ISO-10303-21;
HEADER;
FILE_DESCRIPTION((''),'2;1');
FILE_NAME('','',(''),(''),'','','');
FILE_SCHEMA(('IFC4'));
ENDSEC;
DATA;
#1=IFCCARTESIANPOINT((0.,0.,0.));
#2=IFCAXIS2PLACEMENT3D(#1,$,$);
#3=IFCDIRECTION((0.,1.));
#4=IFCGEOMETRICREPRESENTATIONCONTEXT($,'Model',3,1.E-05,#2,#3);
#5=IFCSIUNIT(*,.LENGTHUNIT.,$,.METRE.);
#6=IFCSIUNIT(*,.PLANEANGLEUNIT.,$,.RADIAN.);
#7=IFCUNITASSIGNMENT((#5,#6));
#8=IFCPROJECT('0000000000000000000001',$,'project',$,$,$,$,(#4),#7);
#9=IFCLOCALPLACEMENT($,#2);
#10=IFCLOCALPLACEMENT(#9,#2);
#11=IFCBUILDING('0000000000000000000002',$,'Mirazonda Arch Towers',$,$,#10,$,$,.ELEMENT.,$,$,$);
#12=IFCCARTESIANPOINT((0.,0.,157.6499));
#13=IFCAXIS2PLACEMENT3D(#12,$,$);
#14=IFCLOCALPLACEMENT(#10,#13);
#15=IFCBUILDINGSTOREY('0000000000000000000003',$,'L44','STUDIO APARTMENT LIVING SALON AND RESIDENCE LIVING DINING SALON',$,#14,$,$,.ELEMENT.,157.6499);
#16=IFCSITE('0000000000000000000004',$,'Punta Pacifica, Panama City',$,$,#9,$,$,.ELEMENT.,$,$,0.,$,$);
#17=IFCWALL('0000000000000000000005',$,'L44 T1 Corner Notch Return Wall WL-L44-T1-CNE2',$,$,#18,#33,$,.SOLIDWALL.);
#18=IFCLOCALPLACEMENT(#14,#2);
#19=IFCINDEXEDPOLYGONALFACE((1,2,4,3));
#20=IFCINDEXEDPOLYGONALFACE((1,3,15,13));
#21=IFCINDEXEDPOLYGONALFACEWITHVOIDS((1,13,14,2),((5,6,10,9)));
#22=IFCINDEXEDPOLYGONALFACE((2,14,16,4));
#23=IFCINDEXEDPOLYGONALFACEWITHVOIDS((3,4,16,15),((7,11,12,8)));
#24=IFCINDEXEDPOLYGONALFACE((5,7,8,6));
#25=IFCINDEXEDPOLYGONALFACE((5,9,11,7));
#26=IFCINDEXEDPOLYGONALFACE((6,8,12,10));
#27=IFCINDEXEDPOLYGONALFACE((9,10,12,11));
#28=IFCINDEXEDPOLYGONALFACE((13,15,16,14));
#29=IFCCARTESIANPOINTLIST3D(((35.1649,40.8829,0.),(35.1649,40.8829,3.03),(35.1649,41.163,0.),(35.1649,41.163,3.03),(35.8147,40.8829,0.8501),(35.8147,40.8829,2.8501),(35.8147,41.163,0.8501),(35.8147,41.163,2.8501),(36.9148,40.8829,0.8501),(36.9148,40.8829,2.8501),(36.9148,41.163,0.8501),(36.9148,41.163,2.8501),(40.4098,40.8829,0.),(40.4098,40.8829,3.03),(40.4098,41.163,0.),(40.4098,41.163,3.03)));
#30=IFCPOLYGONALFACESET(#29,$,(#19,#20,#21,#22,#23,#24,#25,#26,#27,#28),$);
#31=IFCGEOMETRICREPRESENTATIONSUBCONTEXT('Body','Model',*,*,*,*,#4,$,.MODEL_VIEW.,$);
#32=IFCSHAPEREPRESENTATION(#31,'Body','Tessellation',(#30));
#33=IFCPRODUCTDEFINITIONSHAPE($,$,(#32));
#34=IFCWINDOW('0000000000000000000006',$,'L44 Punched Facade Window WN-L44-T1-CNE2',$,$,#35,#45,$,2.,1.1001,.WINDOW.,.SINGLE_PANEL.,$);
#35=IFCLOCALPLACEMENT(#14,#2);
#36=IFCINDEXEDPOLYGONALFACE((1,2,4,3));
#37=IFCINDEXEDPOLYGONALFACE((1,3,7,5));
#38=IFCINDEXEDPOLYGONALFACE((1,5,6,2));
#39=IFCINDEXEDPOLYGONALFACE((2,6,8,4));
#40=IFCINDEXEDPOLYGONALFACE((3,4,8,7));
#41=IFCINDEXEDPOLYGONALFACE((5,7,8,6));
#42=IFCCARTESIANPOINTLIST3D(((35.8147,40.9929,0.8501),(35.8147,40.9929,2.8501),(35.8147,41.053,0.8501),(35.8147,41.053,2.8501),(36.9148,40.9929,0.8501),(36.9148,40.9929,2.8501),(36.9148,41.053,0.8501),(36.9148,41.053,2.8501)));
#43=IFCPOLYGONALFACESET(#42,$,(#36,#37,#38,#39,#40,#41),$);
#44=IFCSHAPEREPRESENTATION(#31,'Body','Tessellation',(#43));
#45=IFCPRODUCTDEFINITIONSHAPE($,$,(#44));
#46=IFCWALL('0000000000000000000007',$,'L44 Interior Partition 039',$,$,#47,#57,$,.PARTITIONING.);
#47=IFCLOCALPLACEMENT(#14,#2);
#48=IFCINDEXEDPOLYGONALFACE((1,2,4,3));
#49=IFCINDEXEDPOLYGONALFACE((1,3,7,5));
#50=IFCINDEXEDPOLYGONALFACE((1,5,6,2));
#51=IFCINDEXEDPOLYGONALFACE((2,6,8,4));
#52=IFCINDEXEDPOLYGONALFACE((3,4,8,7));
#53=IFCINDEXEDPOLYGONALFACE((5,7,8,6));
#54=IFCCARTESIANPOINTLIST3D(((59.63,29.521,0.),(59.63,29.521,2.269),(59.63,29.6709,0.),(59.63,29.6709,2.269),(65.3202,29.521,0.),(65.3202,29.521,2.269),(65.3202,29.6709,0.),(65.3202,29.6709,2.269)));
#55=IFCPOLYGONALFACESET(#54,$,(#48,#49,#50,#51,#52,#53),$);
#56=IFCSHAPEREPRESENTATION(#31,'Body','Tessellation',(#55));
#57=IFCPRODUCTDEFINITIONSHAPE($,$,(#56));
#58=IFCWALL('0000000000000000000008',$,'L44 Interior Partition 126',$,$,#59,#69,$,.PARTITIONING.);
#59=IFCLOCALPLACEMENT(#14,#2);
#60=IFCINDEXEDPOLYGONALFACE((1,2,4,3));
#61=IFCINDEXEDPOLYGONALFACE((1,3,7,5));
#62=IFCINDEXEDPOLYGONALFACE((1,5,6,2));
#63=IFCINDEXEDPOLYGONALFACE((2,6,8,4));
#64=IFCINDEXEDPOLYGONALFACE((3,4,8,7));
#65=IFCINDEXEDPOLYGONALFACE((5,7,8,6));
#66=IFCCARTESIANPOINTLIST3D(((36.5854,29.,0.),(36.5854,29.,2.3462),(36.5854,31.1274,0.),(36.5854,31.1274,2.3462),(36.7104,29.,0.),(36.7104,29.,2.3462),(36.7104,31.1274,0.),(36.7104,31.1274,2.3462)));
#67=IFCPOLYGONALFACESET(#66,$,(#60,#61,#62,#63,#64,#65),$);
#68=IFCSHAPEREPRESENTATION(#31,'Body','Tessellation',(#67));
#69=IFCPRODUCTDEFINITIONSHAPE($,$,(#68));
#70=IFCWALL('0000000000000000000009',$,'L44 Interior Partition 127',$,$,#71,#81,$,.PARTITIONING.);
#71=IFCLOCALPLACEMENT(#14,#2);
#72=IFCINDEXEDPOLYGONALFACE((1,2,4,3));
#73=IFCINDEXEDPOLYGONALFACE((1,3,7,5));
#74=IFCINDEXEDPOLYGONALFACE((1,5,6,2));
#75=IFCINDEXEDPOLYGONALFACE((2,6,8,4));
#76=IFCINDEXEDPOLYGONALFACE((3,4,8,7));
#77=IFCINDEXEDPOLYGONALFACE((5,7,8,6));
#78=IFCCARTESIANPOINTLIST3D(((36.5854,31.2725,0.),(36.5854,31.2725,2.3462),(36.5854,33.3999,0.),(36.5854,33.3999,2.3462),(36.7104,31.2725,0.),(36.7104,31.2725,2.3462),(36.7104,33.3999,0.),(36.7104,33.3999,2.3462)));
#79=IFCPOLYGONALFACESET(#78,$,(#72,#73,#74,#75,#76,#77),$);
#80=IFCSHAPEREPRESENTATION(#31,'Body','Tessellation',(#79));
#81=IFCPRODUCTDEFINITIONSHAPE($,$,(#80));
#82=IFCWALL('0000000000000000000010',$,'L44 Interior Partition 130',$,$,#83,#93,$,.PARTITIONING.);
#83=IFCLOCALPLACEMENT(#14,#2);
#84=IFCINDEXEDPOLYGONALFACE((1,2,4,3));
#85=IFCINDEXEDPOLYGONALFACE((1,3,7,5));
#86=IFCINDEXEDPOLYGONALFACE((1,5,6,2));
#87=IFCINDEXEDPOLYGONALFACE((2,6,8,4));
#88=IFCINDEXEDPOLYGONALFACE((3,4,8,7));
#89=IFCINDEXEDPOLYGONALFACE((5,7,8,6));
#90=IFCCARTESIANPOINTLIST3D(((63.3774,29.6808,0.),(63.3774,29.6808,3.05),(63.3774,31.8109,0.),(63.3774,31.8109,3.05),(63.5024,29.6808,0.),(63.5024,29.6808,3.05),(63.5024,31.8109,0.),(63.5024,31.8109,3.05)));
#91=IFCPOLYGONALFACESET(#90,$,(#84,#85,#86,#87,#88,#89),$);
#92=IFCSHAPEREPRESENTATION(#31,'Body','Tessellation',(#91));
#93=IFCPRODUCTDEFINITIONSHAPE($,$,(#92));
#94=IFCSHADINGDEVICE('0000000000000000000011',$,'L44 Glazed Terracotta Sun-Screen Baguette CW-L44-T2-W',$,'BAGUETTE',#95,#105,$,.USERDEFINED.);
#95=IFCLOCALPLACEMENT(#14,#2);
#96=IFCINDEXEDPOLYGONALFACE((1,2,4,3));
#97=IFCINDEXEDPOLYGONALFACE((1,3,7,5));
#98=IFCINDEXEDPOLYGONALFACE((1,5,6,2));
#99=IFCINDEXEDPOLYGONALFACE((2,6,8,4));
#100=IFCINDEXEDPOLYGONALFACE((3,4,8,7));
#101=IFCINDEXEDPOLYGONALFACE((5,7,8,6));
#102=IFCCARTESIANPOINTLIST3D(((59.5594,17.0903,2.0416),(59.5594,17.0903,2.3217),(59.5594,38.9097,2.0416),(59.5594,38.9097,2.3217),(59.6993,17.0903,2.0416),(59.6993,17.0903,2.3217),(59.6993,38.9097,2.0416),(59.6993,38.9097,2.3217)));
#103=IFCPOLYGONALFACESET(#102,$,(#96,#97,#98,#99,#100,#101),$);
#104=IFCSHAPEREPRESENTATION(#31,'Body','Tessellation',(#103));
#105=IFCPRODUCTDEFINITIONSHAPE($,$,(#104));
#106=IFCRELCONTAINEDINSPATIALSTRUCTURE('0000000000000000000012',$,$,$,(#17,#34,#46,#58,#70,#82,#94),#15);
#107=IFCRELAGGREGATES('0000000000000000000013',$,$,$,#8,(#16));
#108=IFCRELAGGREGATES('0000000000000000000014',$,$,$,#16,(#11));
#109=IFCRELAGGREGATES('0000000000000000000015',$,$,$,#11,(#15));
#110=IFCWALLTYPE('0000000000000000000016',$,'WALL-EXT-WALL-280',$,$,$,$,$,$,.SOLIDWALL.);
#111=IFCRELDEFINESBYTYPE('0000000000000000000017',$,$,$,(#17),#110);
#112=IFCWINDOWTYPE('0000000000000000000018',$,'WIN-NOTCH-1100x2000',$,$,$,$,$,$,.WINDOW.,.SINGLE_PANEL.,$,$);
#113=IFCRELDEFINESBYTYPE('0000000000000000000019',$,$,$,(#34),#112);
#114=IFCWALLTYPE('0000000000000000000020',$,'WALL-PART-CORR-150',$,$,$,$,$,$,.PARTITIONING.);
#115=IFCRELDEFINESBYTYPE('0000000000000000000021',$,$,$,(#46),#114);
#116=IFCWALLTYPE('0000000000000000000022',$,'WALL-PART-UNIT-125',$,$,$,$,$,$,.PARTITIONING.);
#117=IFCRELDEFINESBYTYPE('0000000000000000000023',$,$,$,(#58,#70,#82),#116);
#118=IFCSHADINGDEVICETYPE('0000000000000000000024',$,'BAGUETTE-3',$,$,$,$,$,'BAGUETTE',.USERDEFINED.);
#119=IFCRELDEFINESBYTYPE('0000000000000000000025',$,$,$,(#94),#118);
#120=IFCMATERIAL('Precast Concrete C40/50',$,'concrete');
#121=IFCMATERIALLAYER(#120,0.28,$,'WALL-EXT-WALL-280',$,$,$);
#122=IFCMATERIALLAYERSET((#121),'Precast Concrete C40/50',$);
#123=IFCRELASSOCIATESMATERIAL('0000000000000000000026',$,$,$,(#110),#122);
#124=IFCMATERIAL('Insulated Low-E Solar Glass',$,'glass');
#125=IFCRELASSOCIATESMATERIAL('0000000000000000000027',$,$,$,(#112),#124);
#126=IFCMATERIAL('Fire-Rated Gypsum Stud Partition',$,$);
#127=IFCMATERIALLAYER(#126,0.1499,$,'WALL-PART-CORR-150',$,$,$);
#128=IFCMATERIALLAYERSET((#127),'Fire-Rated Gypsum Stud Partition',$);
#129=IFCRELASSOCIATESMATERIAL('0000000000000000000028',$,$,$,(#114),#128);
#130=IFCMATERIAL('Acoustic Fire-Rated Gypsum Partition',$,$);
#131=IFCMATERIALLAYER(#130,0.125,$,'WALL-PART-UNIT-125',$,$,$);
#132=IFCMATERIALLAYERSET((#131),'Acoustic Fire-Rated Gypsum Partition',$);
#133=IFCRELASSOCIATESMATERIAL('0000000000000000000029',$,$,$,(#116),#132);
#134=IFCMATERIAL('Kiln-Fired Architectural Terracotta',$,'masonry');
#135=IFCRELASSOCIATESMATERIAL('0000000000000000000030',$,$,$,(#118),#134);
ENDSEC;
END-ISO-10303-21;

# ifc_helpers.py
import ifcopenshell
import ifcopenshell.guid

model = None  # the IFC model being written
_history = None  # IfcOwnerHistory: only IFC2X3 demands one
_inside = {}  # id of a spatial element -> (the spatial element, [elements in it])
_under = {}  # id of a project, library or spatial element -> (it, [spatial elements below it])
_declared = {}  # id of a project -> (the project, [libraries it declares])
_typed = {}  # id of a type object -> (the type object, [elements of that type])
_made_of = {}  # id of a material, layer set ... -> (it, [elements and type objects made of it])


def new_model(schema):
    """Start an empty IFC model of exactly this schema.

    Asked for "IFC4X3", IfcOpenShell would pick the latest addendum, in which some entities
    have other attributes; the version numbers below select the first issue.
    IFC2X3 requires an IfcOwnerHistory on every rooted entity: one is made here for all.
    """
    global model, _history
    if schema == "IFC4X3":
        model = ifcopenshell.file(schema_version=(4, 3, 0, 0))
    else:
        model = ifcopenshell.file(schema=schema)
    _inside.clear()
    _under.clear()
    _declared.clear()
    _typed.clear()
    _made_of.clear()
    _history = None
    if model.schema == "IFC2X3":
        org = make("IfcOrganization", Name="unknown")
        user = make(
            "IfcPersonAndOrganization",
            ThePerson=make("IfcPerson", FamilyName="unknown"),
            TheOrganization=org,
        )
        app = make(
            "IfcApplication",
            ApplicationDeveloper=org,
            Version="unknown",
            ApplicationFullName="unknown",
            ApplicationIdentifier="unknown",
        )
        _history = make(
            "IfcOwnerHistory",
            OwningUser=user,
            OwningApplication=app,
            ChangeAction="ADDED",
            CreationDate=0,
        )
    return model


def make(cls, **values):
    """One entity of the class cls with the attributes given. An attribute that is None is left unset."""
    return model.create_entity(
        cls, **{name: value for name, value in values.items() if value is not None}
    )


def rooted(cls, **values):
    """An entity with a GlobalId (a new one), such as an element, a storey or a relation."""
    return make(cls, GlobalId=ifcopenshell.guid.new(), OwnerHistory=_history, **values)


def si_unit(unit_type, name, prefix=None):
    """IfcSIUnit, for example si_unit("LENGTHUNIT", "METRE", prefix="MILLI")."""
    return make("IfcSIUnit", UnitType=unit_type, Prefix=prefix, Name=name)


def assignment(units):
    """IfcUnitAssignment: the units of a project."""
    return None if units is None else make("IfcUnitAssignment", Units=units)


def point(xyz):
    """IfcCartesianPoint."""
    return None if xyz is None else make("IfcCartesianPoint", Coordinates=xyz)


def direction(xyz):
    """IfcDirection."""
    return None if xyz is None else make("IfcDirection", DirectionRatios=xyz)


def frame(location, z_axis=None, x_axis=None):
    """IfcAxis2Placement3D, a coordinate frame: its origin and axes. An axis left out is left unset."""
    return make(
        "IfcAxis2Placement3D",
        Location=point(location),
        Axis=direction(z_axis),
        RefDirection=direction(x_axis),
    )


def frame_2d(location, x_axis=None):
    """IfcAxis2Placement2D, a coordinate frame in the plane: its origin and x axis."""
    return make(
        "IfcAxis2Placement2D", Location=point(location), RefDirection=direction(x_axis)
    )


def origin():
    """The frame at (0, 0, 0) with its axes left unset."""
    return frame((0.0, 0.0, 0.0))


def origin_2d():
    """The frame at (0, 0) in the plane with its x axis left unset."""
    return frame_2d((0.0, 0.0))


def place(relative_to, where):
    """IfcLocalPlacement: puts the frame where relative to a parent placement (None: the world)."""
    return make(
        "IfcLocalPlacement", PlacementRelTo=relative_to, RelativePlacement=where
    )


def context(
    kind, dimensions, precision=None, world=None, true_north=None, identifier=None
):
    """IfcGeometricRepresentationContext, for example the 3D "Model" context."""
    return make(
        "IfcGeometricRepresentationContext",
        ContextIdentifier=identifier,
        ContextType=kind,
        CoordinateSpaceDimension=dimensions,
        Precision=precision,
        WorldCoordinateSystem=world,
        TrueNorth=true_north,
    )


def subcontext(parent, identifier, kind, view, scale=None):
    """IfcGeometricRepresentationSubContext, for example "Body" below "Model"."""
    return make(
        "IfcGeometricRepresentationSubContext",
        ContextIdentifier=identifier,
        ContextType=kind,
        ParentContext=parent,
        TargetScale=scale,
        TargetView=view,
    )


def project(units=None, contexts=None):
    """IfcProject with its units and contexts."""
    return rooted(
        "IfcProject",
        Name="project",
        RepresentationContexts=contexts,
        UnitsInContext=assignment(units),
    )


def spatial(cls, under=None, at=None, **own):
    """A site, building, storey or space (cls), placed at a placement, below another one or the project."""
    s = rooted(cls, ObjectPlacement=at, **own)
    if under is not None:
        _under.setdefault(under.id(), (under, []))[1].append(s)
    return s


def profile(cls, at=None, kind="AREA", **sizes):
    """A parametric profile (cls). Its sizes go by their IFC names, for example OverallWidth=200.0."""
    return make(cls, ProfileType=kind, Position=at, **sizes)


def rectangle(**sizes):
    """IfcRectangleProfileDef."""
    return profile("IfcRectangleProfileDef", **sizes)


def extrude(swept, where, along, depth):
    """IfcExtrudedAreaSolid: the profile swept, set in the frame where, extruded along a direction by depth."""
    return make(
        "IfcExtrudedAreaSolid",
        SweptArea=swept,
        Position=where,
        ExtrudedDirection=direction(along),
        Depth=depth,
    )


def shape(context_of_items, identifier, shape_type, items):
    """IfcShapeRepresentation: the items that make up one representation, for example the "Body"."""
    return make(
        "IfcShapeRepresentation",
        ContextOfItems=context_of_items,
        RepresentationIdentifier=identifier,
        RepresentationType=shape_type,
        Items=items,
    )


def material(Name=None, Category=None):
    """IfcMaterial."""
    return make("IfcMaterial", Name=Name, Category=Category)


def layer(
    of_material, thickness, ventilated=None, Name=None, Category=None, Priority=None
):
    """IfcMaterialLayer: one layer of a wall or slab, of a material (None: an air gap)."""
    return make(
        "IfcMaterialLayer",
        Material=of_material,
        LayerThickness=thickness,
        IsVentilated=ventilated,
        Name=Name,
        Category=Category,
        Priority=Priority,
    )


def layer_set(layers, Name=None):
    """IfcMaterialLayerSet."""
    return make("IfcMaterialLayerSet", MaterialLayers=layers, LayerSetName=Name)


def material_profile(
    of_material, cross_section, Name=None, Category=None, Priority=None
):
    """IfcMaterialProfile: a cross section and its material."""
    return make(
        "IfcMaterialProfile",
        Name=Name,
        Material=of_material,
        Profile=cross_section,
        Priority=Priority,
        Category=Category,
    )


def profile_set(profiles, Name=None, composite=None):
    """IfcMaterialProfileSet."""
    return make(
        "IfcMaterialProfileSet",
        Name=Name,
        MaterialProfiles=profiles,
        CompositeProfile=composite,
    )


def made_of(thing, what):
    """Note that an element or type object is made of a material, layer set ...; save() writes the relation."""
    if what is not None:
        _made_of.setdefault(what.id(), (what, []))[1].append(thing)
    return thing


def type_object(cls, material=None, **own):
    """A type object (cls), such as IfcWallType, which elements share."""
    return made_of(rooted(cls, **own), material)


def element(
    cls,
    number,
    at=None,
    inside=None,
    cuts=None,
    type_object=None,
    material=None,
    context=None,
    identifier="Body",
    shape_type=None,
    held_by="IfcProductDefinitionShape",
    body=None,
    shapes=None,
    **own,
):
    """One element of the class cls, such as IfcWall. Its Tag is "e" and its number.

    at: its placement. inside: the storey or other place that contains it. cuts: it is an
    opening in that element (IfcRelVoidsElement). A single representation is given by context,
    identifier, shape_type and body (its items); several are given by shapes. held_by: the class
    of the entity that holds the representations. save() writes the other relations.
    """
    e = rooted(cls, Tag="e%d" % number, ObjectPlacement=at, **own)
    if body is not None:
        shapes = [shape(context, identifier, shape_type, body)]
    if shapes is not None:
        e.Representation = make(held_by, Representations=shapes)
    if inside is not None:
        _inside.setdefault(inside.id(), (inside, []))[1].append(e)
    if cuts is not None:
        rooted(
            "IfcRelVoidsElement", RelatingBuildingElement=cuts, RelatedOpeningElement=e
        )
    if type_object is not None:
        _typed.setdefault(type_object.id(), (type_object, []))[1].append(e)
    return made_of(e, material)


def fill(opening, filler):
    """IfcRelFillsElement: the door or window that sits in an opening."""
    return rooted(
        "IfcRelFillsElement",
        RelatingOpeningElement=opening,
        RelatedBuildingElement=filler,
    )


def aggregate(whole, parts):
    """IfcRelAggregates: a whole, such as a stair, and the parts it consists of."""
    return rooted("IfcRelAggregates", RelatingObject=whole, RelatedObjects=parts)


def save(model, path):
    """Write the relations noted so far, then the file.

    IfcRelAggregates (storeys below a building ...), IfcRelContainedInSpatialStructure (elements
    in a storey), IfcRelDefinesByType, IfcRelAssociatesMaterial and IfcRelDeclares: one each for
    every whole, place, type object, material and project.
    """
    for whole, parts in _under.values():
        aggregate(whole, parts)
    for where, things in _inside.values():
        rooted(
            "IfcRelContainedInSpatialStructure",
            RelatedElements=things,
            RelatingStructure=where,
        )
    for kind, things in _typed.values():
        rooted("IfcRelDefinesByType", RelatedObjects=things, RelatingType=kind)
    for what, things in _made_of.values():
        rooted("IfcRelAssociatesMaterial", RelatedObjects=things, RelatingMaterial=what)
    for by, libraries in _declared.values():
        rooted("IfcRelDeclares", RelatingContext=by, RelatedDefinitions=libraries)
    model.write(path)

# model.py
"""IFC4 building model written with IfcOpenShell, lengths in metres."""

from ifc_helpers import new_model, si_unit, direction, frame, frame_2d, origin, origin_2d, place, context, subcontext, project, spatial, rectangle, extrude, material, layer, layer_set, material_profile, profile_set, type_object, element, fill, save


model = new_model("IFC4")

# Units and contexts
model_context = context("Model", 3, precision=1e-05, world=origin(), true_north=direction((0.0, 1.0)))
body_context = subcontext(model_context, "Body", "Model", "MODEL_VIEW")
ifc_project = project(units=[si_unit("LENGTHUNIT", "METRE"), si_unit("PLANEANGLEUNIT", "RADIAN")], contexts=[model_context])

# Site, building, storey
site_placement = place(None, origin())
site = spatial("IfcSite", under=ifc_project, at=site_placement, Name="Punta Pacifica, Panama City", CompositionType="ELEMENT", RefElevation=0.0)
building_placement = place(site_placement, origin())
building = spatial("IfcBuilding", under=site, at=building_placement, Name="Mirazonda Arch Towers", CompositionType="ELEMENT")
storey_placement = place(building_placement, frame((0.0, 0.0, 157.6499)))
storey = spatial("IfcBuildingStorey", under=building, at=storey_placement, Name="L44", Description="STUDIO APARTMENT LIVING SALON AND RESIDENCE LIVING DINING SALON", CompositionType="ELEMENT", Elevation=157.6499)

# Shared definitions
ifc_material_1 = material(Name="Insulated Low-E Solar Glass", Category="glass")

# Wall, opening, window
ifc_material_2 = material(Name="Precast Concrete C40/50", Category="concrete")
ifc_layer_1 = layer(ifc_material_2, 0.28, Name="WALL-EXT-WALL-280")
ifc_layer_set_1 = layer_set([ifc_layer_1], Name="Precast Concrete C40/50")
wall_type_1 = type_object("IfcWallType", Name="WALL-EXT-WALL-280", PredefinedType="SOLIDWALL", material=ifc_layer_set_1)
window_type = type_object("IfcWindowType", Name="WIN-NOTCH-1100x2000", PartitioningType="SINGLE_PANEL", PredefinedType="WINDOW", material=ifc_material_1)
wall_1_placement = place(storey_placement, frame((40.4099, 41.0229, 0.0), z_axis=(0.0, 0.0, 1.0), x_axis=(-1.0, 0.0, 0.0)))
wall_1 = element("IfcWall", 1, at=wall_1_placement, inside=storey, type_object=wall_type_1, Name="L44 T1 Corner Notch Return Wall WL-L44-T1-CNE2", PredefinedType="SOLIDWALL", context=body_context, shape_type="SweptSolid", body=[
    extrude(rectangle(XDim=5.2449, YDim=0.28, at=frame_2d((2.6226, 0.0))), origin(), (0.0, 0.0, 1.0), 3.03),
])
opening_1_placement = place(wall_1_placement, frame((3.4951, 0.0, 0.8501)))
opening_1 = element("IfcOpeningElement", 2, at=opening_1_placement, cuts=wall_1, PredefinedType="OPENING", context=body_context, shape_type="SweptSolid", body=[
    extrude(rectangle(XDim=1.1001, YDim=2.0, at=frame_2d((0.55, 1.0))), frame((0.0, 0.1499, 0.0), z_axis=(0.0, -1.0, 0.0), x_axis=(1.0, 0.0, 0.0)), (0.0, 0.0, 1.0), 0.3),
])
window_1_placement = place(opening_1_placement, origin())
window_1 = element("IfcWindow", 3, at=window_1_placement, inside=storey, type_object=window_type, Name="L44 Punched Facade Window WN-L44-T1-CNE2", OverallHeight=2.0, OverallWidth=1.1001, PartitioningType="SINGLE_PANEL", PredefinedType="WINDOW", context=body_context, shape_type="SweptSolid", body=[
    extrude(rectangle(XDim=1.1001, YDim=2.0, at=frame_2d((0.55, 1.0))), frame((0.0, 0.03, 0.0), z_axis=(0.0, -1.0, 0.0), x_axis=(1.0, 0.0, 0.0)), (0.0, 0.0, 1.0), 0.0601),
])
fill(opening_1, window_1)

# Wall
ifc_material_3 = material(Name="Fire-Rated Gypsum Stud Partition")
ifc_layer_2 = layer(ifc_material_3, 0.1499, Name="WALL-PART-CORR-150")
ifc_layer_set_2 = layer_set([ifc_layer_2], Name="Fire-Rated Gypsum Stud Partition")
wall_type_2 = type_object("IfcWallType", Name="WALL-PART-CORR-150", PredefinedType="PARTITIONING", material=ifc_layer_set_2)
wall_2_placement = place(storey_placement, frame((59.6299, 29.5959, 0.0), z_axis=(0.0, 0.0, 1.0), x_axis=(1.0, 0.0, 0.0)))
element("IfcWall", 4, at=wall_2_placement, inside=storey, type_object=wall_type_2, Name="L44 Interior Partition 039", PredefinedType="PARTITIONING", context=body_context, shape_type="SweptSolid", body=[
    extrude(rectangle(XDim=5.6902, YDim=0.1499, at=frame_2d((2.8452, 0.0))), origin(), (0.0, 0.0, 1.0), 2.269),
])

# Walls
ifc_material_4 = material(Name="Acoustic Fire-Rated Gypsum Partition")
ifc_layer_3 = layer(ifc_material_4, 0.125, Name="WALL-PART-UNIT-125")
ifc_layer_set_3 = layer_set([ifc_layer_3], Name="Acoustic Fire-Rated Gypsum Partition")
wall_type_3 = type_object("IfcWallType", Name="WALL-PART-UNIT-125", PredefinedType="PARTITIONING", material=ifc_layer_set_3)
for number, where, z_axis, x_axis, name in (
    (5, (36.6479, 29.0, 0.0), (0.0, 0.0, 1.0), (0.0, 1.0, 0.0), "L44 Interior Partition 126"),
    (6, (36.6479, 31.2725, 0.0), (0.0, 0.0, 1.0), (0.0, 1.0, 0.0), "L44 Interior Partition 127"),
):
    element("IfcWall", number, at=place(storey_placement, frame(where, z_axis=z_axis, x_axis=x_axis)), inside=storey, type_object=wall_type_3, Name=name, PredefinedType="PARTITIONING", context=body_context, shape_type="SweptSolid", body=[
        extrude(rectangle(XDim=2.1274, YDim=0.125, at=frame_2d((1.0637, 0.0))), origin(), (0.0, 0.0, 1.0), 2.3462),
    ])
wall_3_placement = place(storey_placement, frame((63.4399, 29.6809, 0.0), z_axis=(0.0, 0.0, 1.0), x_axis=(0.0, 1.0, 0.0)))
element("IfcWall", 7, at=wall_3_placement, inside=storey, type_object=wall_type_3, Name="L44 Interior Partition 130", PredefinedType="PARTITIONING", context=body_context, shape_type="SweptSolid", body=[
    extrude(rectangle(XDim=2.1301, YDim=0.125, at=frame_2d((1.0649, 0.0))), origin(), (0.0, 0.0, 1.0), 3.05),
])

# Shading device
ifc_material_5 = material(Name="Kiln-Fired Architectural Terracotta", Category="masonry")
ifc_material_profile_1 = material_profile(ifc_material_5, rectangle(XDim=0.1399, YDim=0.28, at=origin_2d()), Name="TERRA-BAG-140x280")
ifc_profile_set_1 = profile_set([ifc_material_profile_1], Name="Kiln-Fired Architectural Terracotta")
shading_device_type = type_object("IfcShadingDeviceType", Name="BAGUETTE-3", ElementType="BAGUETTE", PredefinedType="USERDEFINED", material=ifc_profile_set_1)
shading_device_placement = place(storey_placement, frame((59.6294, 38.9097, 2.1816), z_axis=(0.0, -1.0, 0.0), x_axis=(1.0, 0.0, 0.0)))
element("IfcShadingDevice", 8, at=shading_device_placement, inside=storey, type_object=shading_device_type, Name="L44 Glazed Terracotta Sun-Screen Baguette CW-L44-T2-W", ObjectType="BAGUETTE", PredefinedType="USERDEFINED", context=body_context, shape_type="SweptSolid", body=[
    extrude(rectangle(XDim=0.1399, YDim=0.28, at=origin_2d()), origin(), (0.0, 0.0, 1.0), 21.8193),
])

save(model, "model.ifc")
